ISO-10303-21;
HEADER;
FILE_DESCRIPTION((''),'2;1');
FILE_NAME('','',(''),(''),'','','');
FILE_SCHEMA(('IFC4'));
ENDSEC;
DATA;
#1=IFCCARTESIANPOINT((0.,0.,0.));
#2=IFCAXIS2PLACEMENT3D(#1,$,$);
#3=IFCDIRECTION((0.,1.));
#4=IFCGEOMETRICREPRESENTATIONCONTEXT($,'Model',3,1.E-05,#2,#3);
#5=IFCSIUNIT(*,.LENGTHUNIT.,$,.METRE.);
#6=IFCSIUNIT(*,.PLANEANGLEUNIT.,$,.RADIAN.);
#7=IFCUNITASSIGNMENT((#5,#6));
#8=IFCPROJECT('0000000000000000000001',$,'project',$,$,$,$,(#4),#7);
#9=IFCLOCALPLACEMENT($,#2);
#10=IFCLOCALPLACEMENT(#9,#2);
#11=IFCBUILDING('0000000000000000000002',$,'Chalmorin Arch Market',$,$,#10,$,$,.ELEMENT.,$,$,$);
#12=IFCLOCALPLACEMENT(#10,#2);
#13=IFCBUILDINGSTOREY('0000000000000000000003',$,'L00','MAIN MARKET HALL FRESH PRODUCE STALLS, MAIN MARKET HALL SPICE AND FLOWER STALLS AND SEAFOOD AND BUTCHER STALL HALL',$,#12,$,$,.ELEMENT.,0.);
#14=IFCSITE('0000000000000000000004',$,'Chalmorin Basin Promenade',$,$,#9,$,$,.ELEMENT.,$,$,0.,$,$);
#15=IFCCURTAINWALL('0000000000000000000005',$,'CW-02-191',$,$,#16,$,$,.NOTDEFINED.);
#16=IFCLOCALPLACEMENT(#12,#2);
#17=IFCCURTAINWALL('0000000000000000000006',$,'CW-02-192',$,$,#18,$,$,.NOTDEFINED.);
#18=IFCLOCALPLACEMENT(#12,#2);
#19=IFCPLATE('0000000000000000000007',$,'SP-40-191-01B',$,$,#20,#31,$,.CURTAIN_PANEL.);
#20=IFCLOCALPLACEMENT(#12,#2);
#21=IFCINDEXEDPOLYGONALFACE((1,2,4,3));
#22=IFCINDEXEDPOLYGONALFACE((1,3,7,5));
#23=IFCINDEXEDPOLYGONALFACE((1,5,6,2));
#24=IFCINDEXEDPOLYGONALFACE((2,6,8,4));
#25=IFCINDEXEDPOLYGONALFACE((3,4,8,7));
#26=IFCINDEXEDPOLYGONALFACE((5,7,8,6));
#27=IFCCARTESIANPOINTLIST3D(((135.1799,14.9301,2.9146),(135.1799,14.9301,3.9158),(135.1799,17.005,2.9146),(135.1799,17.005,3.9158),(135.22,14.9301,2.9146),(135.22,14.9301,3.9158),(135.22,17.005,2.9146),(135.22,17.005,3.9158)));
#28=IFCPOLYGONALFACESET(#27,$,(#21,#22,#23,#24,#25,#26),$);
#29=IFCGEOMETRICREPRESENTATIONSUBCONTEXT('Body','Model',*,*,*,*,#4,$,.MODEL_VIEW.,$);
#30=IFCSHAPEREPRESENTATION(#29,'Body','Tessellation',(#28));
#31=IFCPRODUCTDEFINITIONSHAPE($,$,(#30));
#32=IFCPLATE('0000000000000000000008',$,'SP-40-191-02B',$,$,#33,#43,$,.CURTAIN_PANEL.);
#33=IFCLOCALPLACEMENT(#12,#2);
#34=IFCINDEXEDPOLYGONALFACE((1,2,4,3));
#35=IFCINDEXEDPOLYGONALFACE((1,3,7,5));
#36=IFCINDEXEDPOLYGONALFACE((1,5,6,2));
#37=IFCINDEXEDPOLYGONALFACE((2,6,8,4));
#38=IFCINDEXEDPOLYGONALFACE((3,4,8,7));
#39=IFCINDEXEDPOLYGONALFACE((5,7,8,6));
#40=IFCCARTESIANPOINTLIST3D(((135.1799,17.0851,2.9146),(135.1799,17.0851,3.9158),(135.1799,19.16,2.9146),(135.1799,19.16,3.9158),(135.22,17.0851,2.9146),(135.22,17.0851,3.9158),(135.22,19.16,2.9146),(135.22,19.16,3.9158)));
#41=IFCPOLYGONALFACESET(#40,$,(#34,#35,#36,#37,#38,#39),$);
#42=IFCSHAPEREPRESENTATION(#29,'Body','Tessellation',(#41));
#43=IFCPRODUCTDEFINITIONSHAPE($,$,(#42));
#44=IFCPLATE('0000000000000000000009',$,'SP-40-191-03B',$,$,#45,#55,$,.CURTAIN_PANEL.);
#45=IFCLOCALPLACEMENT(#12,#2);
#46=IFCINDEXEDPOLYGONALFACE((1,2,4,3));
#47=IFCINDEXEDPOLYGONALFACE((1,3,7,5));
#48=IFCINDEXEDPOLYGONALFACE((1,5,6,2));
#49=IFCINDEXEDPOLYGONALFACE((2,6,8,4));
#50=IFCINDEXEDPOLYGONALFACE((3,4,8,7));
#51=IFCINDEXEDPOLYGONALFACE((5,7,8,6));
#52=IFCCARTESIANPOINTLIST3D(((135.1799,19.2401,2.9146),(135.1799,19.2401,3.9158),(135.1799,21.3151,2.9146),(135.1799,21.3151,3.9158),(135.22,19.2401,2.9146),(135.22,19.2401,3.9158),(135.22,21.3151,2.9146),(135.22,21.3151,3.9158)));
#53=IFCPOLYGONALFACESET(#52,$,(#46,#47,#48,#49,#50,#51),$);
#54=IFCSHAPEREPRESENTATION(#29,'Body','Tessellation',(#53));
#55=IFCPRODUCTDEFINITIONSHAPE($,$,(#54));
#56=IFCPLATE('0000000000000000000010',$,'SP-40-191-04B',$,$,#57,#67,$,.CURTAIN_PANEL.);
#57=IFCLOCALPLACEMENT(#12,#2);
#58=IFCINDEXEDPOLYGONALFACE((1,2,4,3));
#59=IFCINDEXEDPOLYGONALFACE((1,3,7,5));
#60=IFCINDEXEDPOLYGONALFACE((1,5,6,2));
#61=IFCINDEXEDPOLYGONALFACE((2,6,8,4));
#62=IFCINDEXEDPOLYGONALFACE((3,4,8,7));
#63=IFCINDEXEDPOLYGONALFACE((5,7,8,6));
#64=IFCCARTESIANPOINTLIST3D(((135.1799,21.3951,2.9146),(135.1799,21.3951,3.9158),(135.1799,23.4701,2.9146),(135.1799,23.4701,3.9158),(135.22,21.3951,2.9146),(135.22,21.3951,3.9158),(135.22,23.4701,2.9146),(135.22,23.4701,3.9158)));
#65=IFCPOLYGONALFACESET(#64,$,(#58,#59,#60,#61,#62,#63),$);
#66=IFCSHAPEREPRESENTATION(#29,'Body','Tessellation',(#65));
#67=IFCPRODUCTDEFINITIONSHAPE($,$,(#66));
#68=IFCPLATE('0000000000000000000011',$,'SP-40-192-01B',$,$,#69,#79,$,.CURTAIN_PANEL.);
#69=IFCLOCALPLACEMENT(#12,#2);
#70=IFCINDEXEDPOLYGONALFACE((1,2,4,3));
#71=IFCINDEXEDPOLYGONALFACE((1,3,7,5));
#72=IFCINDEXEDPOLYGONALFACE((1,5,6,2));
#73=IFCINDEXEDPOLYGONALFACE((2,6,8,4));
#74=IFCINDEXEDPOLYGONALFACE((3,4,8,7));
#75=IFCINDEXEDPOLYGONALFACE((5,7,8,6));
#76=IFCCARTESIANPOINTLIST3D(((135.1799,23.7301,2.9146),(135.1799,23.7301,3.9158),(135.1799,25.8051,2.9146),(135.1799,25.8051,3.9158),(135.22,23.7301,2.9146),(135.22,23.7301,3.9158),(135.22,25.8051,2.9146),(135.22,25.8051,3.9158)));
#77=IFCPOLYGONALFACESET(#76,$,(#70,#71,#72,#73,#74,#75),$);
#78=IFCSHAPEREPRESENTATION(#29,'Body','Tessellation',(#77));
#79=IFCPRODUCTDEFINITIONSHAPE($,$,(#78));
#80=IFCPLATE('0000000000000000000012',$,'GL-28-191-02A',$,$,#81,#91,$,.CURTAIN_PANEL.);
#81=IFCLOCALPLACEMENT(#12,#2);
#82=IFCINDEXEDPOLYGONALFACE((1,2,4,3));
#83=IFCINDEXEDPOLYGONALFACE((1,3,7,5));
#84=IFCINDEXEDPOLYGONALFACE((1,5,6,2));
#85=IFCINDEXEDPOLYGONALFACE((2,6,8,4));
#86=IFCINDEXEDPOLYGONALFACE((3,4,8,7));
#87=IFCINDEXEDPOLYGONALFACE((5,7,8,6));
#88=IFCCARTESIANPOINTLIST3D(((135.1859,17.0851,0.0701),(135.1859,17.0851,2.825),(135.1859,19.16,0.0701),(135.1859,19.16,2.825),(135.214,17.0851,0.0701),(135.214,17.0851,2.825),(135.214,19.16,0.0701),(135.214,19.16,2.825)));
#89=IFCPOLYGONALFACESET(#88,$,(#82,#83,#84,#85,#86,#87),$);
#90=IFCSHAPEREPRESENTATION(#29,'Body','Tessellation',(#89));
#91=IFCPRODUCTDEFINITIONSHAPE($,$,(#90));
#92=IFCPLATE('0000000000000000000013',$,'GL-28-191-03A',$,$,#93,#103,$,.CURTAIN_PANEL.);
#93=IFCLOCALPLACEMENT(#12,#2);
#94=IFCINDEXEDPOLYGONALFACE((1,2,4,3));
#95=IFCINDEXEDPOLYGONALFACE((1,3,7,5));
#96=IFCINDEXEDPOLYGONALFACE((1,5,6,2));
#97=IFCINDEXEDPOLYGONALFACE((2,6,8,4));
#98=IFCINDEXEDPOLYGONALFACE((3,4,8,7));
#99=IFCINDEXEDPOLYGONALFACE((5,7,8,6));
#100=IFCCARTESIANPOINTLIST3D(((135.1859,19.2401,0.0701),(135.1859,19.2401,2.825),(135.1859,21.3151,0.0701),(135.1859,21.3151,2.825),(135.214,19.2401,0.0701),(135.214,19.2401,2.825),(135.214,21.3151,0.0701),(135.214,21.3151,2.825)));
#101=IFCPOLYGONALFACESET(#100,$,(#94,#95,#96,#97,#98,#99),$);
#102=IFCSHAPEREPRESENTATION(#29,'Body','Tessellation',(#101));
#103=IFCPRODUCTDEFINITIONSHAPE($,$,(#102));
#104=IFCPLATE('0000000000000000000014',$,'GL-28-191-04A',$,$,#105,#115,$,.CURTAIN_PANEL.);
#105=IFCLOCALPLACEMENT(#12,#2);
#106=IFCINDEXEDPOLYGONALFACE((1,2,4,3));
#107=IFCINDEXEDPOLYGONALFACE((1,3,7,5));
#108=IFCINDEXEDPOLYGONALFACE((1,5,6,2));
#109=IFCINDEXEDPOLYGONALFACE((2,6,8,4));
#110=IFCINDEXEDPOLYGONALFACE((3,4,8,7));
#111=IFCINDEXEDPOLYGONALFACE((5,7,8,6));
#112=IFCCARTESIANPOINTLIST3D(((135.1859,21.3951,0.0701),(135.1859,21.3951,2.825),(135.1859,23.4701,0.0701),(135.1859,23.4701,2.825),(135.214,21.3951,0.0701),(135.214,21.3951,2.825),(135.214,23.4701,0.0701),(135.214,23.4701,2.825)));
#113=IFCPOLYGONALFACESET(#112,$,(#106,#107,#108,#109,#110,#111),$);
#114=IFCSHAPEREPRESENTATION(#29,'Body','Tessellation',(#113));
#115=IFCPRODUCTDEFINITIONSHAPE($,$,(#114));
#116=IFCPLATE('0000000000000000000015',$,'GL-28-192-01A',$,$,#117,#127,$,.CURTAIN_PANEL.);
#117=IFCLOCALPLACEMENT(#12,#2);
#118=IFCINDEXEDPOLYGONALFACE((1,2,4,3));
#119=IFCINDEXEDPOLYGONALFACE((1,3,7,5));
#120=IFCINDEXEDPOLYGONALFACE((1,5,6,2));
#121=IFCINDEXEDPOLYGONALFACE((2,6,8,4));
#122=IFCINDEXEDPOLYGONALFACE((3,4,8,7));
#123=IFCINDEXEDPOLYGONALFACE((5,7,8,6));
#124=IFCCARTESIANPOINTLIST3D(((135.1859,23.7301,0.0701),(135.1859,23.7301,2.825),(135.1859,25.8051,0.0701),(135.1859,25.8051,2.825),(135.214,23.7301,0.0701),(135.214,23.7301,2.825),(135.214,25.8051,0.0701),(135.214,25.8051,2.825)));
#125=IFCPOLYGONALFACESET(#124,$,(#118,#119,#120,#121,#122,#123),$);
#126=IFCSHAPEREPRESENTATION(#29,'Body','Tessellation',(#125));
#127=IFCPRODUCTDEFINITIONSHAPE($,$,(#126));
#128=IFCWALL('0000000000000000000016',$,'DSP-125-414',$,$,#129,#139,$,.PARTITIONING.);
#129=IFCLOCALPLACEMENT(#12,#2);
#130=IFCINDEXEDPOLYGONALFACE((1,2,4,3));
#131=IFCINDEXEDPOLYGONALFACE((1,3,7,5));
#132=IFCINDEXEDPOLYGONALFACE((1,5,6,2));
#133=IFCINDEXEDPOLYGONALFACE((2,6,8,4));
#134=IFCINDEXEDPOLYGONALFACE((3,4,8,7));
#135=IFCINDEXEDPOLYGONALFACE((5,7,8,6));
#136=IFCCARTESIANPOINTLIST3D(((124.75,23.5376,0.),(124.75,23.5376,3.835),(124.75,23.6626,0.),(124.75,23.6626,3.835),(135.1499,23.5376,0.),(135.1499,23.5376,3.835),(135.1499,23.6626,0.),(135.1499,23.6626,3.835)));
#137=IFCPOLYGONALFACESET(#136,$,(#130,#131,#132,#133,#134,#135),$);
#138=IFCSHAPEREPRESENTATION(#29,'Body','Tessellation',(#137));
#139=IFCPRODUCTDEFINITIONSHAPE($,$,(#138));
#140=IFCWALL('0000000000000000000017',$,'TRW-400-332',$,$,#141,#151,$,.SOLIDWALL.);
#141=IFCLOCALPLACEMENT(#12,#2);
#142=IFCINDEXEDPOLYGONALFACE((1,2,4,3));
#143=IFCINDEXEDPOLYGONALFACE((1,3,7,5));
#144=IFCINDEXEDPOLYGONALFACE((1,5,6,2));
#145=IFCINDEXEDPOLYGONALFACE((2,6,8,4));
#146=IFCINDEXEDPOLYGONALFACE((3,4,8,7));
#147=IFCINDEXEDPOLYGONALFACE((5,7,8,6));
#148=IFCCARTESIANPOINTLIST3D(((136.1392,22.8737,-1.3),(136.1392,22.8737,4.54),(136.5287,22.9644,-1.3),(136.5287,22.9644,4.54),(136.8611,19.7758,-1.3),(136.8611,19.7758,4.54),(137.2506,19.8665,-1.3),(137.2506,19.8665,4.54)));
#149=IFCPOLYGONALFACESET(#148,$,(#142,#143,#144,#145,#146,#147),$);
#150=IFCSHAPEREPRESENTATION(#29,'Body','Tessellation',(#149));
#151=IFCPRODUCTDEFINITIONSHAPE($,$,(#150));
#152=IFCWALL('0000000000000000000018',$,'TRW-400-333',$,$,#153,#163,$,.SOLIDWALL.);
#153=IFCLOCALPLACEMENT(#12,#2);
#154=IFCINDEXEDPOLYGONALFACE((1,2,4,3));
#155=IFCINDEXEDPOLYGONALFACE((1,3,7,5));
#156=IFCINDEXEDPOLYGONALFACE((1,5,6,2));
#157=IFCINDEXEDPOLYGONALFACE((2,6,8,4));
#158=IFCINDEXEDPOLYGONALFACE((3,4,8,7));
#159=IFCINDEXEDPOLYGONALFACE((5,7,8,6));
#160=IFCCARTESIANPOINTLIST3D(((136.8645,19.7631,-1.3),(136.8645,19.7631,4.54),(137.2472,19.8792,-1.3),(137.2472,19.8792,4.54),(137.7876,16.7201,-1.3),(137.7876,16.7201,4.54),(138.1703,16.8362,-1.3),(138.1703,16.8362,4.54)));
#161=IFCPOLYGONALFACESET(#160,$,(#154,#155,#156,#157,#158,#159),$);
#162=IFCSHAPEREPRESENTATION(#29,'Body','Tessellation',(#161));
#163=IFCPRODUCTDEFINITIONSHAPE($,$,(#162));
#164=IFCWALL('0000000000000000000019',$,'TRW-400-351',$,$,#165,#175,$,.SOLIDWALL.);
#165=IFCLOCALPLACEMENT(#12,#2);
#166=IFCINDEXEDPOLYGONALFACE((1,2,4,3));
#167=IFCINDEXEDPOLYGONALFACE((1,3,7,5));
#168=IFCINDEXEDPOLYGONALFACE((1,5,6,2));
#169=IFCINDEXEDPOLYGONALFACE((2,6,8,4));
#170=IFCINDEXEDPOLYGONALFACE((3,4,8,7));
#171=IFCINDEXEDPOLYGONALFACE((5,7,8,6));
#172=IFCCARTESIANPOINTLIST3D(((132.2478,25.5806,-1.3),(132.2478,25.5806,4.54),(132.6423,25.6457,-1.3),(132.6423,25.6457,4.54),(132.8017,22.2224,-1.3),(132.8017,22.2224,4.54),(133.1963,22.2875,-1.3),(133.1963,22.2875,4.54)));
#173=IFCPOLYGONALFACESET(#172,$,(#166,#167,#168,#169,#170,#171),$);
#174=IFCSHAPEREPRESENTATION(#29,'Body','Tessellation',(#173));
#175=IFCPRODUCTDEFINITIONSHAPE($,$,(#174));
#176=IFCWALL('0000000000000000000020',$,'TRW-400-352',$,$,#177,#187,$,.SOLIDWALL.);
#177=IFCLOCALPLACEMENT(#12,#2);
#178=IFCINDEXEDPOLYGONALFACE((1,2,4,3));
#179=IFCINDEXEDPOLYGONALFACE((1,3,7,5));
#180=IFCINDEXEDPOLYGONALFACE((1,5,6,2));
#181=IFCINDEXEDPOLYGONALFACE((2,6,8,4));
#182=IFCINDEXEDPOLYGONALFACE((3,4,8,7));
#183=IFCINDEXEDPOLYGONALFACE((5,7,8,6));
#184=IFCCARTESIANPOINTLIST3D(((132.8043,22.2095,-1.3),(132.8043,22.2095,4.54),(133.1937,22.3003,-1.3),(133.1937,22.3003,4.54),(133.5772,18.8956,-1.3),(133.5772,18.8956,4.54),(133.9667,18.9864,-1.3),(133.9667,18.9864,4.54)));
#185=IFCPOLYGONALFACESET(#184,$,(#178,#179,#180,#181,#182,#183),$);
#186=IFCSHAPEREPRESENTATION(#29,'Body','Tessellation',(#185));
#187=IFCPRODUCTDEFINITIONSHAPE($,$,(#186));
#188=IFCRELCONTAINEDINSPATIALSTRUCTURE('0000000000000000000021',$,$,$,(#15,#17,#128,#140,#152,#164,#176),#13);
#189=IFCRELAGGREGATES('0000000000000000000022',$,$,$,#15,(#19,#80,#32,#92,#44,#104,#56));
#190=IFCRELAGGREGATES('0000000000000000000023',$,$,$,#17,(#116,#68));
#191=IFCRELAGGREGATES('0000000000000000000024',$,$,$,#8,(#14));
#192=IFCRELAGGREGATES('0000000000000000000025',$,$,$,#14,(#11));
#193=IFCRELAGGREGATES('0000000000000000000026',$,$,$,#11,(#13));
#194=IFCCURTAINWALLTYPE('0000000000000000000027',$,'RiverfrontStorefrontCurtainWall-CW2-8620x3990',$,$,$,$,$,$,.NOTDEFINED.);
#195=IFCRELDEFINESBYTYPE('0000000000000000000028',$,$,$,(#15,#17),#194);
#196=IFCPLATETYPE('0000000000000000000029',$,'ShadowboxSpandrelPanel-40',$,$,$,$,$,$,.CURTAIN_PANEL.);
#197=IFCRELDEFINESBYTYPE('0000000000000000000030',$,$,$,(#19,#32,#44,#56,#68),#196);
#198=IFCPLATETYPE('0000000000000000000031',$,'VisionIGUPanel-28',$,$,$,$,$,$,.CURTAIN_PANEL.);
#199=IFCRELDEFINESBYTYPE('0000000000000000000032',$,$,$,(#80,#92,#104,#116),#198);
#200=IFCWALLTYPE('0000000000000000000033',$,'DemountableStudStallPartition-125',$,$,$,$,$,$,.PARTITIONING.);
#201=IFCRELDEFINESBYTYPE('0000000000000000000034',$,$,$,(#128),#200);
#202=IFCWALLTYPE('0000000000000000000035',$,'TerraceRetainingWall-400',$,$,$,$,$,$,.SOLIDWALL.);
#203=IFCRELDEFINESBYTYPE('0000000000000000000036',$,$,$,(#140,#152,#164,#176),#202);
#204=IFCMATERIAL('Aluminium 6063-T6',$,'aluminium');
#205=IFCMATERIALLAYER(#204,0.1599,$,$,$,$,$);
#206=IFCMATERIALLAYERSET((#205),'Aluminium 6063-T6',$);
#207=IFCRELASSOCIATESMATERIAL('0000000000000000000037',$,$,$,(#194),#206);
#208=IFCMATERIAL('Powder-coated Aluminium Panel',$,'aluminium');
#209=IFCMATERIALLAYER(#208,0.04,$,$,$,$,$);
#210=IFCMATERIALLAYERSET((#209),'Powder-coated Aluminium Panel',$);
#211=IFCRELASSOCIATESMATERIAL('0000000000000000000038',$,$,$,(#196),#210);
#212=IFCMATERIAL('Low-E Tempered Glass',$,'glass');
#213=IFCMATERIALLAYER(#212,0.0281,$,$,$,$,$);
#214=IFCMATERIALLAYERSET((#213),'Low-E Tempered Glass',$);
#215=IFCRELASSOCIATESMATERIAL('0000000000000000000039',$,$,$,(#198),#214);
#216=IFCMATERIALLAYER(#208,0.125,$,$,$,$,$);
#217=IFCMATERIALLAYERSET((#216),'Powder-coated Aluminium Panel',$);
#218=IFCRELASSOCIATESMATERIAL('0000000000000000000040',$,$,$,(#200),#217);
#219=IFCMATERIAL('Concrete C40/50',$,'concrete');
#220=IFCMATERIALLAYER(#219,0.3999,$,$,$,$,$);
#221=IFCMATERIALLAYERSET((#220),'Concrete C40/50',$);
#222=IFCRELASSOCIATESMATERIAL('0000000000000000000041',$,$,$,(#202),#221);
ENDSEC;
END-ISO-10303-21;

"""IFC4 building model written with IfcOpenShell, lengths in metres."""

from ifc_helpers import new_model, si_unit, direction, frame, frame_2d, origin, origin_2d, place, context, subcontext, project, spatial, rectangle, extrude, material, layer, layer_set, type_object, element, aggregate, save


model = new_model("IFC4")

# Units and contexts
model_context = context("Model", 3, precision=1e-05, world=origin(), true_north=direction((0.0, 1.0)))
body_context = subcontext(model_context, "Body", "Model", "MODEL_VIEW")
ifc_project = project(units=[si_unit("LENGTHUNIT", "METRE"), si_unit("PLANEANGLEUNIT", "RADIAN")], contexts=[model_context])

# Site, building, storey
site_placement = place(None, origin())
site = spatial("IfcSite", under=ifc_project, at=site_placement, Name="Chalmorin Basin Promenade", CompositionType="ELEMENT", RefElevation=0.0)
building_placement = place(site_placement, origin())
building = spatial("IfcBuilding", under=site, at=building_placement, Name="Chalmorin Arch Market", CompositionType="ELEMENT")
storey_placement = place(building_placement, origin())
storey = spatial("IfcBuildingStorey", under=building, at=storey_placement, Name="L00", Description="MAIN MARKET HALL FRESH PRODUCE STALLS, MAIN MARKET HALL SPICE AND FLOWER STALLS AND SEAFOOD AND BUTCHER STALL HALL", CompositionType="ELEMENT", Elevation=0.0)

# Shared definitions
ifc_material_1 = material(Name="Concrete C40/50", Category="concrete")

# Curtain walls
ifc_material_2 = material(Name="Aluminium 6063-T6", Category="aluminium")
ifc_layer_1 = layer(ifc_material_2, 0.1599)
ifc_layer_set_1 = layer_set([ifc_layer_1], Name="Aluminium 6063-T6")
curtain_wall_type = type_object("IfcCurtainWallType", Name="RiverfrontStorefrontCurtainWall-CW2-8620x3990", PredefinedType="NOTDEFINED", material=ifc_layer_set_1)
curtain_wall_1_placement = place(storey_placement, origin())
curtain_wall_1 = element("IfcCurtainWall", 1, at=curtain_wall_1_placement, inside=storey, type_object=curtain_wall_type, Name="CW-02-191", PredefinedType="NOTDEFINED")
curtain_wall_2_placement = place(storey_placement, origin())
curtain_wall_2 = element("IfcCurtainWall", 2, at=curtain_wall_2_placement, inside=storey, type_object=curtain_wall_type, Name="CW-02-192", PredefinedType="NOTDEFINED")

# Plates
ifc_material_3 = material(Name="Powder-coated Aluminium Panel", Category="aluminium")
ifc_layer_2 = layer(ifc_material_3, 0.04)
ifc_layer_set_2 = layer_set([ifc_layer_2], Name="Powder-coated Aluminium Panel")
plate_type_1 = type_object("IfcPlateType", Name="ShadowboxSpandrelPanel-40", PredefinedType="CURTAIN_PANEL", material=ifc_layer_set_2)
plate_1_placement = place(storey_placement, frame((135.2, 15.9675, 2.9146), z_axis=(0.0, 0.0, 1.0), x_axis=(0.0, 1.0, 0.0)))
plate_1 = element("IfcPlate", 3, at=plate_1_placement, type_object=plate_type_1, Name="SP-40-191-01B", PredefinedType="CURTAIN_PANEL", context=body_context, shape_type="SweptSolid", body=[
    extrude(rectangle(XDim=2.075, YDim=0.04, at=origin_2d()), origin(), (0.0, 0.0, 1.0), 1.0012),
])
plate_2_placement = place(storey_placement, frame((135.2, 18.1226, 2.9146), z_axis=(0.0, 0.0, 1.0), x_axis=(0.0, 1.0, 0.0)))
plate_2 = element("IfcPlate", 4, at=plate_2_placement, type_object=plate_type_1, Name="SP-40-191-02B", PredefinedType="CURTAIN_PANEL", context=body_context, shape_type="SweptSolid", body=[
    extrude(rectangle(XDim=2.075, YDim=0.04, at=origin_2d()), origin(), (0.0, 0.0, 1.0), 1.0012),
])
plate_3_placement = place(storey_placement, frame((135.2, 20.2776, 2.9146), z_axis=(0.0, 0.0, 1.0), x_axis=(0.0, 1.0, 0.0)))
plate_3 = element("IfcPlate", 5, at=plate_3_placement, type_object=plate_type_1, Name="SP-40-191-03B", PredefinedType="CURTAIN_PANEL", context=body_context, shape_type="SweptSolid", body=[
    extrude(rectangle(XDim=2.075, YDim=0.04, at=origin_2d()), origin(), (0.0, 0.0, 1.0), 1.0012),
])
plate_4_placement = place(storey_placement, frame((135.2, 22.4326, 2.9146), z_axis=(0.0, 0.0, 1.0), x_axis=(0.0, 1.0, 0.0)))
plate_4 = element("IfcPlate", 6, at=plate_4_placement, type_object=plate_type_1, Name="SP-40-191-04B", PredefinedType="CURTAIN_PANEL", context=body_context, shape_type="SweptSolid", body=[
    extrude(rectangle(XDim=2.075, YDim=0.04, at=origin_2d()), origin(), (0.0, 0.0, 1.0), 1.0012),
])
plate_5_placement = place(storey_placement, frame((135.2, 24.7676, 2.9146), z_axis=(0.0, 0.0, 1.0), x_axis=(0.0, 1.0, 0.0)))
plate_5 = element("IfcPlate", 7, at=plate_5_placement, type_object=plate_type_1, Name="SP-40-192-01B", PredefinedType="CURTAIN_PANEL", context=body_context, shape_type="SweptSolid", body=[
    extrude(rectangle(XDim=2.075, YDim=0.04, at=origin_2d()), origin(), (0.0, 0.0, 1.0), 1.0012),
])
ifc_material_4 = material(Name="Low-E Tempered Glass", Category="glass")
ifc_layer_3 = layer(ifc_material_4, 0.0281)
ifc_layer_set_3 = layer_set([ifc_layer_3], Name="Low-E Tempered Glass")
plate_type_2 = type_object("IfcPlateType", Name="VisionIGUPanel-28", PredefinedType="CURTAIN_PANEL", material=ifc_layer_set_3)
plate_6_placement = place(storey_placement, frame((135.2, 18.1226, 0.0701), z_axis=(0.0, 0.0, 1.0), x_axis=(0.0, 1.0, 0.0)))
plate_6 = element("IfcPlate", 8, at=plate_6_placement, type_object=plate_type_2, Name="GL-28-191-02A", PredefinedType="CURTAIN_PANEL", context=body_context, shape_type="SweptSolid", body=[
    extrude(rectangle(XDim=2.075, YDim=0.0281, at=origin_2d()), origin(), (0.0, 0.0, 1.0), 2.7549),
])
plate_7_placement = place(storey_placement, frame((135.2, 20.2776, 0.0701), z_axis=(0.0, 0.0, 1.0), x_axis=(0.0, 1.0, 0.0)))
plate_7 = element("IfcPlate", 9, at=plate_7_placement, type_object=plate_type_2, Name="GL-28-191-03A", PredefinedType="CURTAIN_PANEL", context=body_context, shape_type="SweptSolid", body=[
    extrude(rectangle(XDim=2.075, YDim=0.0281, at=origin_2d()), origin(), (0.0, 0.0, 1.0), 2.7549),
])
plate_8_placement = place(storey_placement, frame((135.2, 22.4326, 0.0701), z_axis=(0.0, 0.0, 1.0), x_axis=(0.0, 1.0, 0.0)))
plate_8 = element("IfcPlate", 10, at=plate_8_placement, type_object=plate_type_2, Name="GL-28-191-04A", PredefinedType="CURTAIN_PANEL", context=body_context, shape_type="SweptSolid", body=[
    extrude(rectangle(XDim=2.075, YDim=0.0281, at=origin_2d()), origin(), (0.0, 0.0, 1.0), 2.7549),
])
aggregate(curtain_wall_1, [plate_1, plate_6, plate_2, plate_7, plate_3, plate_8, plate_4])
plate_9_placement = place(storey_placement, frame((135.2, 24.7676, 0.0701), z_axis=(0.0, 0.0, 1.0), x_axis=(0.0, 1.0, 0.0)))
plate_9 = element("IfcPlate", 11, at=plate_9_placement, type_object=plate_type_2, Name="GL-28-192-01A", PredefinedType="CURTAIN_PANEL", context=body_context, shape_type="SweptSolid", body=[
    extrude(rectangle(XDim=2.075, YDim=0.0281, at=origin_2d()), origin(), (0.0, 0.0, 1.0), 2.7549),
])
aggregate(curtain_wall_2, [plate_9, plate_5])

# Wall
ifc_layer_4 = layer(ifc_material_3, 0.125)
ifc_layer_set_4 = layer_set([ifc_layer_4], Name="Powder-coated Aluminium Panel")
wall_type_1 = type_object("IfcWallType", Name="DemountableStudStallPartition-125", PredefinedType="PARTITIONING", material=ifc_layer_set_4)
wall_1_placement = place(storey_placement, frame((124.75, 23.6001, 0.0), z_axis=(0.0, 0.0, 1.0), x_axis=(1.0, 0.0, 0.0)))
element("IfcWall", 12, at=wall_1_placement, inside=storey, type_object=wall_type_1, Name="DSP-125-414", PredefinedType="PARTITIONING", context=body_context, shape_type="SweptSolid", body=[
    extrude(rectangle(XDim=10.3999, YDim=0.125, at=frame_2d((5.2, 0.0))), origin(), (0.0, 0.0, 1.0), 3.835),
])

# Walls
ifc_layer_5 = layer(ifc_material_1, 0.3999)
ifc_layer_set_5 = layer_set([ifc_layer_5], Name="Concrete C40/50")
wall_type_2 = type_object("IfcWallType", Name="TerraceRetainingWall-400", PredefinedType="SOLIDWALL", material=ifc_layer_set_5)
wall_2_placement = place(storey_placement, frame((136.334, 22.9189, -1.3), z_axis=(0.0, 0.0, 1.0), x_axis=(0.226955, -0.973905, 0.0)))
element("IfcWall", 13, at=wall_2_placement, inside=storey, type_object=wall_type_2, Name="TRW-400-332", PredefinedType="SOLIDWALL", context=body_context, shape_type="SweptSolid", body=[
    extrude(rectangle(XDim=3.1809, YDim=0.3999, at=frame_2d((1.5903, 0.0))), origin(), (0.0, 0.0, 1.0), 5.8401),
])
wall_3_placement = place(storey_placement, frame((137.0559, 19.821, -1.3), z_axis=(0.0, 0.0, 1.0), x_axis=(0.290291, -0.956938, 0.0)))
element("IfcWall", 14, at=wall_3_placement, inside=storey, type_object=wall_type_2, Name="TRW-400-333", PredefinedType="SOLIDWALL", context=body_context, shape_type="SweptSolid", body=[
    extrude(rectangle(XDim=3.1799, YDim=0.3999, at=frame_2d((1.5898, 0.0))), origin(), (0.0, 0.0, 1.0), 5.8401),
])
wall_4_placement = place(storey_placement, frame((132.4451, 25.613, -1.3), z_axis=(0.0, 0.0, 1.0), x_axis=(0.162759, -0.986666, 0.0)))
element("IfcWall", 15, at=wall_4_placement, inside=storey, type_object=wall_type_2, Name="TRW-400-351", PredefinedType="SOLIDWALL", context=body_context, shape_type="SweptSolid", body=[
    extrude(rectangle(XDim=3.4036, YDim=0.3999, at=frame_2d((1.7017, 0.0))), origin(), (0.0, 0.0, 1.0), 5.8401),
])
wall_5_placement = place(storey_placement, frame((132.999, 22.2549, -1.3), z_axis=(0.0, 0.0, 1.0), x_axis=(0.227143, -0.973861, 0.0)))
element("IfcWall", 16, at=wall_5_placement, inside=storey, type_object=wall_type_2, Name="TRW-400-352", PredefinedType="SOLIDWALL", context=body_context, shape_type="SweptSolid", body=[
    extrude(rectangle(XDim=3.4028, YDim=0.3999, at=frame_2d((1.7014, 0.0))), origin(), (0.0, 0.0, 1.0), 5.8401),
])

save(model, "model.ifc")
